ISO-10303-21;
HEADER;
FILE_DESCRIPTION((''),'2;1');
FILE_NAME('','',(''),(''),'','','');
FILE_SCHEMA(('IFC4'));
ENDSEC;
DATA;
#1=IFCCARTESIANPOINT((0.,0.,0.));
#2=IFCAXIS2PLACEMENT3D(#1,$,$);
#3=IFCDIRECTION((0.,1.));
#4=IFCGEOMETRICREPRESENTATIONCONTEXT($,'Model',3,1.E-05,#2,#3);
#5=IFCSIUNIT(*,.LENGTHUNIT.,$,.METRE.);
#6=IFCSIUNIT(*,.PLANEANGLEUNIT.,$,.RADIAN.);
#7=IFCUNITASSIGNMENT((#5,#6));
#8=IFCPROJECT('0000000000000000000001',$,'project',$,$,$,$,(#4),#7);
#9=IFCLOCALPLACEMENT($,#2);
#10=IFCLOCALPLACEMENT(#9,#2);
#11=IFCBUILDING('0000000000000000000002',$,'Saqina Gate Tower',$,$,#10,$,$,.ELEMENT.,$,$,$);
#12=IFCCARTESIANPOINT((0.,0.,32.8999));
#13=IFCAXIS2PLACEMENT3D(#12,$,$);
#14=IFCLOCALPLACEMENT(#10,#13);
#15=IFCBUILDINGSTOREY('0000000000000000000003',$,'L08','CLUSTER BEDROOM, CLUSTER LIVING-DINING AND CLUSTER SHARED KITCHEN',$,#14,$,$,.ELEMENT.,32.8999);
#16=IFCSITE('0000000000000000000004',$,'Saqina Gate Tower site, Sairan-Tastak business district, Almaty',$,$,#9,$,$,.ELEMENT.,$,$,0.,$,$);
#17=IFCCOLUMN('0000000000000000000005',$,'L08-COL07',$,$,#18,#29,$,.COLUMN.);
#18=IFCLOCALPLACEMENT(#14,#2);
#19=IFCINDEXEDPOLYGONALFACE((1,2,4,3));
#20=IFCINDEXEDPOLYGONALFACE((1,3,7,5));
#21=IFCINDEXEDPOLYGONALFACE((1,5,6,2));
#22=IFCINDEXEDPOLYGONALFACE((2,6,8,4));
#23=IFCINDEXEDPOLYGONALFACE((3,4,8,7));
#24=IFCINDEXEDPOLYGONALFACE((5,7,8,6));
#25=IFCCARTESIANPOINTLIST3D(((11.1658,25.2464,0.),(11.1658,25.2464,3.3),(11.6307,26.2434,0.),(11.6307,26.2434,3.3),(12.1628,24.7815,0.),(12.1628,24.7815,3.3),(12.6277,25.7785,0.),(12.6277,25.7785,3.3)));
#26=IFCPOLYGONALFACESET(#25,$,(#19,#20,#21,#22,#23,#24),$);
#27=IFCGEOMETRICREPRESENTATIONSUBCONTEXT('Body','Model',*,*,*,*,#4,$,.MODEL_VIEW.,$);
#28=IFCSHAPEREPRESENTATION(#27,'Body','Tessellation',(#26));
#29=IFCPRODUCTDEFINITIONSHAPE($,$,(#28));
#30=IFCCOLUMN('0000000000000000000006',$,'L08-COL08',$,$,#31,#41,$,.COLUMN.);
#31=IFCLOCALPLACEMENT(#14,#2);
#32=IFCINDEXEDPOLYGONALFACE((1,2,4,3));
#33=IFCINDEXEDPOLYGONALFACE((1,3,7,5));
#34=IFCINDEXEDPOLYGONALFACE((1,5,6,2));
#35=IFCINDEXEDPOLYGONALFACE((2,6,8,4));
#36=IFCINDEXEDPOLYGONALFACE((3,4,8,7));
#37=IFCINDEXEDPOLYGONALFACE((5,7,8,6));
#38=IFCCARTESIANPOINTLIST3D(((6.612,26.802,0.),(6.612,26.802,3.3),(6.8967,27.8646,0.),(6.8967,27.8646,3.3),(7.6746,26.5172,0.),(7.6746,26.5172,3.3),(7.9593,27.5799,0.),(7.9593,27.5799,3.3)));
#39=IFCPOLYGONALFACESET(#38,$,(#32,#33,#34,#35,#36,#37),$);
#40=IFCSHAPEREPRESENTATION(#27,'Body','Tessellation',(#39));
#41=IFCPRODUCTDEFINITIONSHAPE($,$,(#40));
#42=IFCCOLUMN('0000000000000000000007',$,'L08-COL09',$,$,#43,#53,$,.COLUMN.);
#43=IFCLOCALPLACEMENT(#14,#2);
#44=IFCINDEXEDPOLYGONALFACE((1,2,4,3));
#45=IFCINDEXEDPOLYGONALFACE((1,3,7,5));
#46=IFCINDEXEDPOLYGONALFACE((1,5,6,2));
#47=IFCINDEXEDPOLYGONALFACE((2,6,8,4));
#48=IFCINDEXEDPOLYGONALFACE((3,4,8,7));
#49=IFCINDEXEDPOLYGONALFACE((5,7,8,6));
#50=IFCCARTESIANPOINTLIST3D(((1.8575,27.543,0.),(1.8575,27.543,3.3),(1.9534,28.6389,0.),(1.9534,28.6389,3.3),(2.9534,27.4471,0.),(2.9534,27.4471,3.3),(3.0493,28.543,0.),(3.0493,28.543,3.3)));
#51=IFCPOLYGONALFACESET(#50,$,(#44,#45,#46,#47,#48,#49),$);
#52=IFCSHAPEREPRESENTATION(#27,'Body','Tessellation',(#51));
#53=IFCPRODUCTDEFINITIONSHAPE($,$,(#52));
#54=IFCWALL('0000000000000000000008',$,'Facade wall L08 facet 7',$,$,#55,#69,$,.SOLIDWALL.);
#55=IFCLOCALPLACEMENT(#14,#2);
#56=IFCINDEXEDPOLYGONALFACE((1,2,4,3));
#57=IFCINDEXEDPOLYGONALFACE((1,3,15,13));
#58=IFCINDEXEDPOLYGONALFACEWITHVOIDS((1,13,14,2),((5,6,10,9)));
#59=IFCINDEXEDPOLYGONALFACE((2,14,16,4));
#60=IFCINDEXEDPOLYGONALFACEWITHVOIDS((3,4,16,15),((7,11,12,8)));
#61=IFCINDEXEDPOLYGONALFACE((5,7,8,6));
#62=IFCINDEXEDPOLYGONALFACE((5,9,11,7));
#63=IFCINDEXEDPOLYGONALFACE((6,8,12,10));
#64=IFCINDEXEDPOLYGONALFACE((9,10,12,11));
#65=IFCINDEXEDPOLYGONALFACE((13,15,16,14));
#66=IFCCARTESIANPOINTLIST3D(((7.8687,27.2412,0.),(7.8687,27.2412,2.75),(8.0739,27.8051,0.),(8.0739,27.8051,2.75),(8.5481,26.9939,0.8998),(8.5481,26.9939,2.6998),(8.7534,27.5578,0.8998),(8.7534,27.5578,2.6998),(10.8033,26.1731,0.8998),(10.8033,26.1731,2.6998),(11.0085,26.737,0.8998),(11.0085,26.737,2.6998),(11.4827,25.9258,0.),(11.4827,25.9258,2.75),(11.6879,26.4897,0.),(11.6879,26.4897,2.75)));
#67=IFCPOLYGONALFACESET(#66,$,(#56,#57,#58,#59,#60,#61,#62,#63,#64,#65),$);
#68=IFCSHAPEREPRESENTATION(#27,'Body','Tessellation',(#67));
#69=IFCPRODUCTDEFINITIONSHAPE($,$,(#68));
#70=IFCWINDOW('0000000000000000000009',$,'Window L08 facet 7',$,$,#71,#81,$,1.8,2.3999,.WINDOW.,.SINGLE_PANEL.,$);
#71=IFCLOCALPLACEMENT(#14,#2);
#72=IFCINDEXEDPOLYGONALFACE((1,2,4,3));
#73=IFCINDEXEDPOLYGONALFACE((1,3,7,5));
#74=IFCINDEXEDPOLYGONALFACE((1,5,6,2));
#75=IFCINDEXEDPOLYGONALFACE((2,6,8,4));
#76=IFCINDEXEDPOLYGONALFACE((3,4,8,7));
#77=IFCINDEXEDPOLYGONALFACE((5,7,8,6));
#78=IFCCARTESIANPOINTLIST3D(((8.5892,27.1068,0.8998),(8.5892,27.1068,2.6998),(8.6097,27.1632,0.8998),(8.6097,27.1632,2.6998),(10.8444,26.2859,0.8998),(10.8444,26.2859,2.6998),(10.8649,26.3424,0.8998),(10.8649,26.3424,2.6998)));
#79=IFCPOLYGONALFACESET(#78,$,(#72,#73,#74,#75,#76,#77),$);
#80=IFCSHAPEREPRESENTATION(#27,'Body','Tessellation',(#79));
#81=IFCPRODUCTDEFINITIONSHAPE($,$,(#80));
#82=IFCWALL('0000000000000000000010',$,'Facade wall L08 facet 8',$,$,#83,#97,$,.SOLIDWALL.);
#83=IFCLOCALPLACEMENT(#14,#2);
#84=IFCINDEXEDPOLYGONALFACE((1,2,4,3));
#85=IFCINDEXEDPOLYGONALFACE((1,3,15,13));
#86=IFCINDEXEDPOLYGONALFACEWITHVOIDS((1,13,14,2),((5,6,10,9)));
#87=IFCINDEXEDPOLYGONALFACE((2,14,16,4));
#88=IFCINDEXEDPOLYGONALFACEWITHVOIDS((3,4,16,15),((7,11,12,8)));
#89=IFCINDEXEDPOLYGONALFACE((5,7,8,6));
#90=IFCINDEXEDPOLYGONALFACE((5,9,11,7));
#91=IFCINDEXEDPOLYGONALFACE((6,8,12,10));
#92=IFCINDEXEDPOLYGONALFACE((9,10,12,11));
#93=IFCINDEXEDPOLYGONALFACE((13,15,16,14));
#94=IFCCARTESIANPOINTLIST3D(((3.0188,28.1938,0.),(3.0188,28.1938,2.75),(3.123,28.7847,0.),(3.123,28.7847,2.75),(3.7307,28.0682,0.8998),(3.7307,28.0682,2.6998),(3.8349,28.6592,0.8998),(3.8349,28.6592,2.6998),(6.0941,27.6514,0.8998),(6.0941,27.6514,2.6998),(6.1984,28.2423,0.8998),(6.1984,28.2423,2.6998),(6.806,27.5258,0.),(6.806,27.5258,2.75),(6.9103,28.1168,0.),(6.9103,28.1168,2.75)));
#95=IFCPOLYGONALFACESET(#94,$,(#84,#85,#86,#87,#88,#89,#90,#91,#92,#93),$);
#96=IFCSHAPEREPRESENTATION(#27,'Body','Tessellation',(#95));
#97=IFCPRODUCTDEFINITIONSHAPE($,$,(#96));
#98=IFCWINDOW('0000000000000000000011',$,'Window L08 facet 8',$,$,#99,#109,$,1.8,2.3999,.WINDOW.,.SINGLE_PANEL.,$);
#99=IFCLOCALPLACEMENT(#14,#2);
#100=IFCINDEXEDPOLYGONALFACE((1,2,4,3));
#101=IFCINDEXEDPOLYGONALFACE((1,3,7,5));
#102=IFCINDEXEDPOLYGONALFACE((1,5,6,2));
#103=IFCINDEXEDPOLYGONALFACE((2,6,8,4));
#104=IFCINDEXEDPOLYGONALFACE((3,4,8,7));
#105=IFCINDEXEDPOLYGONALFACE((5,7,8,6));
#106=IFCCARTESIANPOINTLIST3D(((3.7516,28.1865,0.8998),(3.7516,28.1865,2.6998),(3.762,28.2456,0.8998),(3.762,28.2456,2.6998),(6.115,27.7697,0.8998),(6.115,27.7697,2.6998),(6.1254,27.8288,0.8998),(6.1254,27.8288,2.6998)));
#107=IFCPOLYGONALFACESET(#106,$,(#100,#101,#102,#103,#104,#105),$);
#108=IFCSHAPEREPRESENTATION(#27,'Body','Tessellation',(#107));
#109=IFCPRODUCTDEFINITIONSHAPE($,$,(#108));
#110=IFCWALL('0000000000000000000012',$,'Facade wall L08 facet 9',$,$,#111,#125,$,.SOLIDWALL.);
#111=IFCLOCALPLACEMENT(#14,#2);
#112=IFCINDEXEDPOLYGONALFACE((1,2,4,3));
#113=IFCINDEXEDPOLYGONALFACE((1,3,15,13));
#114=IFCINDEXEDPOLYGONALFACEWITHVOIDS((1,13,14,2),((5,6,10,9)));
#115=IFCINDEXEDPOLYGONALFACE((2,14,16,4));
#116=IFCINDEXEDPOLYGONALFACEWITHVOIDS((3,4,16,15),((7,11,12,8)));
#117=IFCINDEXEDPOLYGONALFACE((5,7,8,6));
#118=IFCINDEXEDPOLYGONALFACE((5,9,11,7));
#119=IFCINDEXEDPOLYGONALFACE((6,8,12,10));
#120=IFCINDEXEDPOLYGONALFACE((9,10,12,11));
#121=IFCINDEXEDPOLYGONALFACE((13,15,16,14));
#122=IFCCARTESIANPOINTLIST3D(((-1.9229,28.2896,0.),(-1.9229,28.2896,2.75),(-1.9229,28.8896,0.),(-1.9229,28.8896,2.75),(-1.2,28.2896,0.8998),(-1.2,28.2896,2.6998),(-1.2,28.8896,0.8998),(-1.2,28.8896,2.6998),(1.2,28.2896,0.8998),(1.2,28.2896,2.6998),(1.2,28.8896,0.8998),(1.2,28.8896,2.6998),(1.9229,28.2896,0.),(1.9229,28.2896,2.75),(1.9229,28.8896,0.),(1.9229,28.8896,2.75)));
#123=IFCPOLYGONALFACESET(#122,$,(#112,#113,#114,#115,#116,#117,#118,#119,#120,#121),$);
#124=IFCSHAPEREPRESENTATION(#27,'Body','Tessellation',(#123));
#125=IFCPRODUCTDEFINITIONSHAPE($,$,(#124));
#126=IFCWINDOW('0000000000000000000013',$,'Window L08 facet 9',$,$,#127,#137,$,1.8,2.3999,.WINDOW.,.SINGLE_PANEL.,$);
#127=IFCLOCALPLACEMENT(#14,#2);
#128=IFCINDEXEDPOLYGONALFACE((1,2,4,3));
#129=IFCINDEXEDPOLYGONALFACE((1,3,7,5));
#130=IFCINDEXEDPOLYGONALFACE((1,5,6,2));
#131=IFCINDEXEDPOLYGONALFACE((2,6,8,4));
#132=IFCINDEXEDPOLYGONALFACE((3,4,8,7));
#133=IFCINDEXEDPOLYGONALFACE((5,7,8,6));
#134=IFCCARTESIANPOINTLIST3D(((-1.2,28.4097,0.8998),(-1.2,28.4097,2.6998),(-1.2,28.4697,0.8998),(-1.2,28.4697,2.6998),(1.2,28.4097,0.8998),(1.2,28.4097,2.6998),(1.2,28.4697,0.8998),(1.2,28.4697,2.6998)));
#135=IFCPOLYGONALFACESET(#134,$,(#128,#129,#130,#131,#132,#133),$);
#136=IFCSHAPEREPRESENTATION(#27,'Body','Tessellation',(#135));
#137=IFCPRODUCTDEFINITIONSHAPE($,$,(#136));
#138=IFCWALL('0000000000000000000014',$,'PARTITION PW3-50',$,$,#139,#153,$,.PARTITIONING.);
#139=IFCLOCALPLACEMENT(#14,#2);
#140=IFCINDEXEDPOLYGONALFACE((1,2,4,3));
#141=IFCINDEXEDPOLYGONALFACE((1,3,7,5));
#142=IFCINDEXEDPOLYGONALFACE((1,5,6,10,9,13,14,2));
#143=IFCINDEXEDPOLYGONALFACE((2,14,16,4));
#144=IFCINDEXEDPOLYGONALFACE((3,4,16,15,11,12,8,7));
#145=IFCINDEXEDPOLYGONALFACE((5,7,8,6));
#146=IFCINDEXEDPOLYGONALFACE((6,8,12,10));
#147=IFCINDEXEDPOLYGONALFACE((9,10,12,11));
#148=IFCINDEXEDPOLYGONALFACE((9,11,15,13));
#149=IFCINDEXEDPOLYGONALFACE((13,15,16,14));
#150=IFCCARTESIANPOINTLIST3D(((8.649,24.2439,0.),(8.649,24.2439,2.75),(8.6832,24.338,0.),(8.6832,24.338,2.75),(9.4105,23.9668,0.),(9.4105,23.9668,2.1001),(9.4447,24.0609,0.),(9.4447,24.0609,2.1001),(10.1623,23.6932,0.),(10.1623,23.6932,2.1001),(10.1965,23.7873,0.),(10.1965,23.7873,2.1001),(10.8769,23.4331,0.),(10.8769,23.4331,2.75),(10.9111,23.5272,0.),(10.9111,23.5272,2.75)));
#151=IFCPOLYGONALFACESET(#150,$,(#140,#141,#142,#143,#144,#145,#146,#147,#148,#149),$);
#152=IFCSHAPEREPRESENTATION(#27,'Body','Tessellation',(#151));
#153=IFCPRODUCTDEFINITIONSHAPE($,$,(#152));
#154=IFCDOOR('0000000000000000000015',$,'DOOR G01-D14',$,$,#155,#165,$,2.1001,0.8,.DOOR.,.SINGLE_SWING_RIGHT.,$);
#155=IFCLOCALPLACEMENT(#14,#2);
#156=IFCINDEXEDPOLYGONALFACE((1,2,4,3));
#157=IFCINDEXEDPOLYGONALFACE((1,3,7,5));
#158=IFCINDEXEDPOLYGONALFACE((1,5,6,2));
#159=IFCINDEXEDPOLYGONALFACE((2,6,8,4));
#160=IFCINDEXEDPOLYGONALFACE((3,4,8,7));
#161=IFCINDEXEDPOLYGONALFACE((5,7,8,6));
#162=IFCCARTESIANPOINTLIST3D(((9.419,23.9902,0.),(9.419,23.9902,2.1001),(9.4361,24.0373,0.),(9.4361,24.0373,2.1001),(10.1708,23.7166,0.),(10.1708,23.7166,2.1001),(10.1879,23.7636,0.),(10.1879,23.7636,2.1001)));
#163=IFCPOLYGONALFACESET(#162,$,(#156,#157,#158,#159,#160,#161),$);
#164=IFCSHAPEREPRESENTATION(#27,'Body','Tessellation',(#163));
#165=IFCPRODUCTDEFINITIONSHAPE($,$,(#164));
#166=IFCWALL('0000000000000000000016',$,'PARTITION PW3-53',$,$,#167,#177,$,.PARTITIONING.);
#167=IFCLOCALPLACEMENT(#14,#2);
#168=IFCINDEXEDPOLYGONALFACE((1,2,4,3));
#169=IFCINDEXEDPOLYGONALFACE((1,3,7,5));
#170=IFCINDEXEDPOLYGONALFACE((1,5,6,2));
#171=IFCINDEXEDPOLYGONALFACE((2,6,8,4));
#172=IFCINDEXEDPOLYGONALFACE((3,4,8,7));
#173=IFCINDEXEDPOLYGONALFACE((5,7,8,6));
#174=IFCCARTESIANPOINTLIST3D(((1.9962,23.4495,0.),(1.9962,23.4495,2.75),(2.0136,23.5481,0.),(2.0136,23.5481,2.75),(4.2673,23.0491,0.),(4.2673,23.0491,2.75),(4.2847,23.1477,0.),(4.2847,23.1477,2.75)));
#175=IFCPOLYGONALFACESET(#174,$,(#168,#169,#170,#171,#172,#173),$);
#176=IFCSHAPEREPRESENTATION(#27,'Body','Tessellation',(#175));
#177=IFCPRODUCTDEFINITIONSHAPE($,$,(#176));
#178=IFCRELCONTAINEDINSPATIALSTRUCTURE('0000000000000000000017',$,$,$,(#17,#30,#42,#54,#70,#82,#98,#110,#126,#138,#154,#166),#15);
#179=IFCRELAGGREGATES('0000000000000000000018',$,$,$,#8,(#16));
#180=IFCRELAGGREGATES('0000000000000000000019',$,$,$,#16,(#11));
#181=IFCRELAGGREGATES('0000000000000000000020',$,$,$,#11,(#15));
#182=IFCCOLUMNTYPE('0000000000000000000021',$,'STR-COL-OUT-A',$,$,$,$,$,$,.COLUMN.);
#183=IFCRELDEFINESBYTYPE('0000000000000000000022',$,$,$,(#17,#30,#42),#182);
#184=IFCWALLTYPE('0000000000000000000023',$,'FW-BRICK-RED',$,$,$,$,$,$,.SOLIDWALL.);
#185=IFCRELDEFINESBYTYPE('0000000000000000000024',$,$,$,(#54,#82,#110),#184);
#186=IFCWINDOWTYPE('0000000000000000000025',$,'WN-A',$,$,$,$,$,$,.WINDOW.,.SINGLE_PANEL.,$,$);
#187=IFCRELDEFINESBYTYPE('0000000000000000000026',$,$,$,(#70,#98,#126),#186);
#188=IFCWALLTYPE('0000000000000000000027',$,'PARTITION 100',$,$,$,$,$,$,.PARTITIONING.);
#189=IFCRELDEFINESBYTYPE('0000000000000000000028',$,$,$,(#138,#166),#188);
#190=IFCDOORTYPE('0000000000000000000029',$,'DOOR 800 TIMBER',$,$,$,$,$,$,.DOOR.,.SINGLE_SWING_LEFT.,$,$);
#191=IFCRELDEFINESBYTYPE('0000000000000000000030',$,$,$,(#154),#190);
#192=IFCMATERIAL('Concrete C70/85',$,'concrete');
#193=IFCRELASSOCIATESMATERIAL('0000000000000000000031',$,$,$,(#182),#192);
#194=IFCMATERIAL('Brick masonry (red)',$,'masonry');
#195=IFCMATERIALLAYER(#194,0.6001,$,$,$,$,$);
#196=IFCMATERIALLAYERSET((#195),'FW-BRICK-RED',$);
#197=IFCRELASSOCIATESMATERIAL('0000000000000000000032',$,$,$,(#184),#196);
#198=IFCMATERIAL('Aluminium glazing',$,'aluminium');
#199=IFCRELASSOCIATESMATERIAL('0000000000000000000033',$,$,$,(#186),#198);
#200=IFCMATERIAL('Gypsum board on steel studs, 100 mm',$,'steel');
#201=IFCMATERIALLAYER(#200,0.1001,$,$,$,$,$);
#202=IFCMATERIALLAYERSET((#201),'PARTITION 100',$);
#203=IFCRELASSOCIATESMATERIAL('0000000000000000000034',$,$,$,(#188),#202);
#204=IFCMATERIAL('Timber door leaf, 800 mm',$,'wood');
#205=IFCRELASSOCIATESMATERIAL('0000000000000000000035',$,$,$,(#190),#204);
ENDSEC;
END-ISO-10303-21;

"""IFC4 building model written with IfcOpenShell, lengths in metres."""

from ifc_helpers import new_model, si_unit, direction, frame, frame_2d, origin, origin_2d, place, context, subcontext, project, spatial, rectangle, extrude, material, layer, layer_set, material_profile, profile_set, type_object, element, fill, save


model = new_model("IFC4")

# Units and contexts
model_context = context("Model", 3, precision=1e-05, world=origin(), true_north=direction((0.0, 1.0)))
body_context = subcontext(model_context, "Body", "Model", "MODEL_VIEW")
ifc_project = project(units=[si_unit("LENGTHUNIT", "METRE"), si_unit("PLANEANGLEUNIT", "RADIAN")], contexts=[model_context])

# Site, building, storey
site_placement = place(None, origin())
site = spatial("IfcSite", under=ifc_project, at=site_placement, Name="Saqina Gate Tower site, Sairan-Tastak business district, Almaty", CompositionType="ELEMENT", RefElevation=0.0)
building_placement = place(site_placement, origin())
building = spatial("IfcBuilding", under=site, at=building_placement, Name="Saqina Gate Tower", CompositionType="ELEMENT")
storey_placement = place(building_placement, frame((0.0, 0.0, 32.8999)))
storey = spatial("IfcBuildingStorey", under=building, at=storey_placement, Name="L08", Description="CLUSTER BEDROOM, CLUSTER LIVING-DINING AND CLUSTER SHARED KITCHEN", CompositionType="ELEMENT", Elevation=32.8999)

# Columns
ifc_material_1 = material(Name="Concrete C70/85", Category="concrete")
ifc_material_profile = material_profile(ifc_material_1, rectangle(XDim=1.1001, YDim=1.1001, at=origin_2d()), Name="RC 1100x1100")
ifc_profile_set = profile_set([ifc_material_profile], Name="Concrete C70/85")
column_type = type_object("IfcColumnType", Name="STR-COL-OUT-A", PredefinedType="COLUMN", material=ifc_profile_set)
for number, where, z_axis, x_axis, name in (
    (1, (11.8967, 25.5125, 0.0), (0.0, 0.0, 1.0), (0.422618, 0.906308, 0.0), "L08-COL07"),
    (2, (7.2856, 27.1909, 0.0), (0.0, 0.0, 1.0), (0.258819, 0.965926, 0.0), "L08-COL08"),
    (3, (2.4534, 28.043, 0.0), (0.0, 0.0, 1.0), (0.087156, 0.996195, 0.0), "L08-COL09"),
):
    element("IfcColumn", number, at=place(storey_placement, frame(where, z_axis=z_axis, x_axis=x_axis)), inside=storey, type_object=column_type, Name=name, PredefinedType="COLUMN", context=body_context, shape_type="SweptSolid", body=[
        extrude(rectangle(XDim=1.1001, YDim=1.1001, at=origin_2d()), origin(), (0.0, 0.0, 1.0), 3.3),
    ])

# Walls, openings, windows
ifc_material_2 = material(Name="Brick masonry (red)", Category="masonry")
ifc_layer_1 = layer(ifc_material_2, 0.6001)
ifc_layer_set_1 = layer_set([ifc_layer_1], Name="FW-BRICK-RED")
wall_type_1 = type_object("IfcWallType", Name="FW-BRICK-RED", PredefinedType="SOLIDWALL", material=ifc_layer_set_1)
wall_1_placement = place(storey_placement, frame((11.5852, 26.2078, 0.0), z_axis=(0.0, 0.0, 1.0), x_axis=(-0.93969, 0.342028, 0.0)))
wall_1 = element("IfcWall", 4, at=wall_1_placement, inside=storey, type_object=wall_type_1, Name="Facade wall L08 facet 7", PredefinedType="SOLIDWALL", context=body_context, shape_type="SweptSolid", body=[
    extrude(rectangle(XDim=3.8459, YDim=0.6001, at=frame_2d((1.9229, 0.0))), origin(), (0.0, 0.0, 1.0), 2.75),
])
opening_1_placement = place(wall_1_placement, frame((0.7229, 0.0, 0.8999)))
opening_1 = element("IfcOpeningElement", 5, at=opening_1_placement, cuts=wall_1, PredefinedType="OPENING", context=body_context, shape_type="SweptSolid", body=[
    extrude(rectangle(XDim=2.3999, YDim=1.8, at=frame_2d((1.2, 0.8999))), frame((0.0, 0.312, 0.0), z_axis=(0.0, -1.0, 0.0), x_axis=(1.0, 0.0, 0.0)), (0.0, 0.0, 1.0), 0.624),
])
ifc_material_3 = material(Name="Aluminium glazing", Category="aluminium")
window_type = type_object("IfcWindowType", Name="WN-A", PartitioningType="SINGLE_PANEL", PredefinedType="WINDOW", material=ifc_material_3)
window_1_placement = place(opening_1_placement, origin())
window_1 = element("IfcWindow", 6, at=window_1_placement, inside=storey, type_object=window_type, Name="Window L08 facet 7", OverallHeight=1.8, OverallWidth=2.3999, PartitioningType="SINGLE_PANEL", PredefinedType="WINDOW", context=body_context, shape_type="SweptSolid", body=[
    extrude(rectangle(XDim=2.3999, YDim=1.8, at=frame_2d((1.2, 0.8999))), frame((0.0, 0.1799, 0.0), z_axis=(0.0, -1.0, 0.0), x_axis=(1.0, 0.0, 0.0)), (0.0, 0.0, 1.0), 0.0601),
])
fill(opening_1, window_1)
wall_2_placement = place(storey_placement, frame((6.8582, 27.8213, 0.0), z_axis=(0.0, 0.0, 1.0), x_axis=(-0.984801, 0.173688, 0.0)))
wall_2 = element("IfcWall", 7, at=wall_2_placement, inside=storey, type_object=wall_type_1, Name="Facade wall L08 facet 8", PredefinedType="SOLIDWALL", context=body_context, shape_type="SweptSolid", body=[
    extrude(rectangle(XDim=3.8457, YDim=0.6001, at=frame_2d((1.9229, 0.0))), origin(), (0.0, 0.0, 1.0), 2.75),
])
opening_2_placement = place(wall_2_placement, frame((0.7229, 0.0, 0.8999)))
opening_2 = element("IfcOpeningElement", 8, at=opening_2_placement, cuts=wall_2, PredefinedType="OPENING", context=body_context, shape_type="SweptSolid", body=[
    extrude(rectangle(XDim=2.3999, YDim=1.8, at=frame_2d((1.2, 0.8999))), frame((0.0, 0.312, 0.0), z_axis=(0.0, -1.0, 0.0), x_axis=(1.0, 0.0, 0.0)), (0.0, 0.0, 1.0), 0.624),
])
window_2_placement = place(opening_2_placement, origin())
window_2 = element("IfcWindow", 9, at=window_2_placement, inside=storey, type_object=window_type, Name="Window L08 facet 8", OverallHeight=1.8, OverallWidth=2.3999, PartitioningType="SINGLE_PANEL", PredefinedType="WINDOW", context=body_context, shape_type="SweptSolid", body=[
    extrude(rectangle(XDim=2.3999, YDim=1.8, at=frame_2d((1.2, 0.8999))), frame((0.0, 0.1799, 0.0), z_axis=(0.0, -1.0, 0.0), x_axis=(1.0, 0.0, 0.0)), (0.0, 0.0, 1.0), 0.0601),
])
fill(opening_2, window_2)
wall_3_placement = place(storey_placement, frame((1.9229, 28.5896, 0.0), z_axis=(0.0, 0.0, 1.0), x_axis=(-1.0, 0.0, 0.0)))
wall_3 = element("IfcWall", 10, at=wall_3_placement, inside=storey, type_object=wall_type_1, Name="Facade wall L08 facet 9", PredefinedType="SOLIDWALL", context=body_context, shape_type="SweptSolid", body=[
    extrude(rectangle(XDim=3.8457, YDim=0.6001, at=frame_2d((1.9229, 0.0))), origin(), (0.0, 0.0, 1.0), 2.75),
])
opening_3_placement = place(wall_3_placement, frame((0.7229, 0.0, 0.8999)))
opening_3 = element("IfcOpeningElement", 11, at=opening_3_placement, cuts=wall_3, PredefinedType="OPENING", context=body_context, shape_type="SweptSolid", body=[
    extrude(rectangle(XDim=2.3999, YDim=1.8, at=frame_2d((1.2, 0.8999))), frame((0.0, 0.312, 0.0), z_axis=(0.0, -1.0, 0.0), x_axis=(1.0, 0.0, 0.0)), (0.0, 0.0, 1.0), 0.624),
])
window_3_placement = place(opening_3_placement, origin())
window_3 = element("IfcWindow", 12, at=window_3_placement, inside=storey, type_object=window_type, Name="Window L08 facet 9", OverallHeight=1.8, OverallWidth=2.3999, PartitioningType="SINGLE_PANEL", PredefinedType="WINDOW", context=body_context, shape_type="SweptSolid", body=[
    extrude(rectangle(XDim=2.3999, YDim=1.8, at=frame_2d((1.2, 0.8999))), frame((0.0, 0.1799, 0.0), z_axis=(0.0, -1.0, 0.0), x_axis=(1.0, 0.0, 0.0)), (0.0, 0.0, 1.0), 0.0601),
])
fill(opening_3, window_3)

# Wall, opening, door
ifc_material_4 = material(Name="Gypsum board on steel studs, 100 mm", Category="steel")
ifc_layer_2 = layer(ifc_material_4, 0.1001)
ifc_layer_set_2 = layer_set([ifc_layer_2], Name="PARTITION 100")
wall_type_2 = type_object("IfcWallType", Name="PARTITION 100", PredefinedType="PARTITIONING", material=ifc_layer_set_2)
wall_4_placement = place(storey_placement, frame((8.666, 24.291, 0.0), z_axis=(0.0, 0.0, 1.0), x_axis=(0.9397, -0.341999, 0.0)))
wall_4 = element("IfcWall", 13, at=wall_4_placement, inside=storey, type_object=wall_type_2, Name="PARTITION PW3-50", PredefinedType="PARTITIONING", context=body_context, shape_type="SweptSolid", body=[
    extrude(rectangle(XDim=2.3708, YDim=0.1001, at=frame_2d((1.1855, 0.0))), origin(), (0.0, 0.0, 1.0), 2.75),
])
opening_4_placement = place(wall_4_placement, frame((0.8105, 0.0, 0.0)))
opening_4 = element("IfcOpeningElement", 14, at=opening_4_placement, cuts=wall_4, PredefinedType="OPENING", context=body_context, shape_type="SweptSolid", body=[
    extrude(rectangle(XDim=0.8, YDim=2.1001, at=frame_2d((0.3999, 1.05))), frame((0.0, 0.062, 0.0), z_axis=(0.0, -1.0, 0.0), x_axis=(1.0, 0.0, 0.0)), (0.0, 0.0, 1.0), 0.124),
])
ifc_material_5 = material(Name="Timber door leaf, 800 mm", Category="wood")
door_type_1 = type_object("IfcDoorType", Name="DOOR 800 TIMBER", OperationType="SINGLE_SWING_LEFT", PredefinedType="DOOR", material=ifc_material_5)
door_1_placement = place(opening_4_placement, origin())
door_1 = element("IfcDoor", 15, at=door_1_placement, inside=storey, type_object=door_type_1, Name="DOOR G01-D14", OperationType="SINGLE_SWING_RIGHT", OverallHeight=2.1001, OverallWidth=0.8, PredefinedType="DOOR", context=body_context, shape_type="SweptSolid", body=[
    extrude(rectangle(XDim=0.8, YDim=2.1001, at=frame_2d((0.3999, 1.05))), frame((0.0, 0.0249, 0.0), z_axis=(0.0, -1.0, 0.0), x_axis=(1.0, 0.0, 0.0)), (0.0, 0.0, 1.0), 0.05),
])
fill(opening_4, door_1)

# Wall
wall_5_placement = place(storey_placement, frame((2.0049, 23.4988, 0.0), z_axis=(0.0, 0.0, 1.0), x_axis=(0.984814, -0.17361, 0.0)))
element("IfcWall", 16, at=wall_5_placement, inside=storey, type_object=wall_type_2, Name="PARTITION PW3-53", PredefinedType="PARTITIONING", context=body_context, shape_type="SweptSolid", body=[
    extrude(rectangle(XDim=2.3062, YDim=0.1001, at=frame_2d((1.1531, 0.0))), origin(), (0.0, 0.0, 1.0), 2.75),
])

save(model, "model.ifc")
